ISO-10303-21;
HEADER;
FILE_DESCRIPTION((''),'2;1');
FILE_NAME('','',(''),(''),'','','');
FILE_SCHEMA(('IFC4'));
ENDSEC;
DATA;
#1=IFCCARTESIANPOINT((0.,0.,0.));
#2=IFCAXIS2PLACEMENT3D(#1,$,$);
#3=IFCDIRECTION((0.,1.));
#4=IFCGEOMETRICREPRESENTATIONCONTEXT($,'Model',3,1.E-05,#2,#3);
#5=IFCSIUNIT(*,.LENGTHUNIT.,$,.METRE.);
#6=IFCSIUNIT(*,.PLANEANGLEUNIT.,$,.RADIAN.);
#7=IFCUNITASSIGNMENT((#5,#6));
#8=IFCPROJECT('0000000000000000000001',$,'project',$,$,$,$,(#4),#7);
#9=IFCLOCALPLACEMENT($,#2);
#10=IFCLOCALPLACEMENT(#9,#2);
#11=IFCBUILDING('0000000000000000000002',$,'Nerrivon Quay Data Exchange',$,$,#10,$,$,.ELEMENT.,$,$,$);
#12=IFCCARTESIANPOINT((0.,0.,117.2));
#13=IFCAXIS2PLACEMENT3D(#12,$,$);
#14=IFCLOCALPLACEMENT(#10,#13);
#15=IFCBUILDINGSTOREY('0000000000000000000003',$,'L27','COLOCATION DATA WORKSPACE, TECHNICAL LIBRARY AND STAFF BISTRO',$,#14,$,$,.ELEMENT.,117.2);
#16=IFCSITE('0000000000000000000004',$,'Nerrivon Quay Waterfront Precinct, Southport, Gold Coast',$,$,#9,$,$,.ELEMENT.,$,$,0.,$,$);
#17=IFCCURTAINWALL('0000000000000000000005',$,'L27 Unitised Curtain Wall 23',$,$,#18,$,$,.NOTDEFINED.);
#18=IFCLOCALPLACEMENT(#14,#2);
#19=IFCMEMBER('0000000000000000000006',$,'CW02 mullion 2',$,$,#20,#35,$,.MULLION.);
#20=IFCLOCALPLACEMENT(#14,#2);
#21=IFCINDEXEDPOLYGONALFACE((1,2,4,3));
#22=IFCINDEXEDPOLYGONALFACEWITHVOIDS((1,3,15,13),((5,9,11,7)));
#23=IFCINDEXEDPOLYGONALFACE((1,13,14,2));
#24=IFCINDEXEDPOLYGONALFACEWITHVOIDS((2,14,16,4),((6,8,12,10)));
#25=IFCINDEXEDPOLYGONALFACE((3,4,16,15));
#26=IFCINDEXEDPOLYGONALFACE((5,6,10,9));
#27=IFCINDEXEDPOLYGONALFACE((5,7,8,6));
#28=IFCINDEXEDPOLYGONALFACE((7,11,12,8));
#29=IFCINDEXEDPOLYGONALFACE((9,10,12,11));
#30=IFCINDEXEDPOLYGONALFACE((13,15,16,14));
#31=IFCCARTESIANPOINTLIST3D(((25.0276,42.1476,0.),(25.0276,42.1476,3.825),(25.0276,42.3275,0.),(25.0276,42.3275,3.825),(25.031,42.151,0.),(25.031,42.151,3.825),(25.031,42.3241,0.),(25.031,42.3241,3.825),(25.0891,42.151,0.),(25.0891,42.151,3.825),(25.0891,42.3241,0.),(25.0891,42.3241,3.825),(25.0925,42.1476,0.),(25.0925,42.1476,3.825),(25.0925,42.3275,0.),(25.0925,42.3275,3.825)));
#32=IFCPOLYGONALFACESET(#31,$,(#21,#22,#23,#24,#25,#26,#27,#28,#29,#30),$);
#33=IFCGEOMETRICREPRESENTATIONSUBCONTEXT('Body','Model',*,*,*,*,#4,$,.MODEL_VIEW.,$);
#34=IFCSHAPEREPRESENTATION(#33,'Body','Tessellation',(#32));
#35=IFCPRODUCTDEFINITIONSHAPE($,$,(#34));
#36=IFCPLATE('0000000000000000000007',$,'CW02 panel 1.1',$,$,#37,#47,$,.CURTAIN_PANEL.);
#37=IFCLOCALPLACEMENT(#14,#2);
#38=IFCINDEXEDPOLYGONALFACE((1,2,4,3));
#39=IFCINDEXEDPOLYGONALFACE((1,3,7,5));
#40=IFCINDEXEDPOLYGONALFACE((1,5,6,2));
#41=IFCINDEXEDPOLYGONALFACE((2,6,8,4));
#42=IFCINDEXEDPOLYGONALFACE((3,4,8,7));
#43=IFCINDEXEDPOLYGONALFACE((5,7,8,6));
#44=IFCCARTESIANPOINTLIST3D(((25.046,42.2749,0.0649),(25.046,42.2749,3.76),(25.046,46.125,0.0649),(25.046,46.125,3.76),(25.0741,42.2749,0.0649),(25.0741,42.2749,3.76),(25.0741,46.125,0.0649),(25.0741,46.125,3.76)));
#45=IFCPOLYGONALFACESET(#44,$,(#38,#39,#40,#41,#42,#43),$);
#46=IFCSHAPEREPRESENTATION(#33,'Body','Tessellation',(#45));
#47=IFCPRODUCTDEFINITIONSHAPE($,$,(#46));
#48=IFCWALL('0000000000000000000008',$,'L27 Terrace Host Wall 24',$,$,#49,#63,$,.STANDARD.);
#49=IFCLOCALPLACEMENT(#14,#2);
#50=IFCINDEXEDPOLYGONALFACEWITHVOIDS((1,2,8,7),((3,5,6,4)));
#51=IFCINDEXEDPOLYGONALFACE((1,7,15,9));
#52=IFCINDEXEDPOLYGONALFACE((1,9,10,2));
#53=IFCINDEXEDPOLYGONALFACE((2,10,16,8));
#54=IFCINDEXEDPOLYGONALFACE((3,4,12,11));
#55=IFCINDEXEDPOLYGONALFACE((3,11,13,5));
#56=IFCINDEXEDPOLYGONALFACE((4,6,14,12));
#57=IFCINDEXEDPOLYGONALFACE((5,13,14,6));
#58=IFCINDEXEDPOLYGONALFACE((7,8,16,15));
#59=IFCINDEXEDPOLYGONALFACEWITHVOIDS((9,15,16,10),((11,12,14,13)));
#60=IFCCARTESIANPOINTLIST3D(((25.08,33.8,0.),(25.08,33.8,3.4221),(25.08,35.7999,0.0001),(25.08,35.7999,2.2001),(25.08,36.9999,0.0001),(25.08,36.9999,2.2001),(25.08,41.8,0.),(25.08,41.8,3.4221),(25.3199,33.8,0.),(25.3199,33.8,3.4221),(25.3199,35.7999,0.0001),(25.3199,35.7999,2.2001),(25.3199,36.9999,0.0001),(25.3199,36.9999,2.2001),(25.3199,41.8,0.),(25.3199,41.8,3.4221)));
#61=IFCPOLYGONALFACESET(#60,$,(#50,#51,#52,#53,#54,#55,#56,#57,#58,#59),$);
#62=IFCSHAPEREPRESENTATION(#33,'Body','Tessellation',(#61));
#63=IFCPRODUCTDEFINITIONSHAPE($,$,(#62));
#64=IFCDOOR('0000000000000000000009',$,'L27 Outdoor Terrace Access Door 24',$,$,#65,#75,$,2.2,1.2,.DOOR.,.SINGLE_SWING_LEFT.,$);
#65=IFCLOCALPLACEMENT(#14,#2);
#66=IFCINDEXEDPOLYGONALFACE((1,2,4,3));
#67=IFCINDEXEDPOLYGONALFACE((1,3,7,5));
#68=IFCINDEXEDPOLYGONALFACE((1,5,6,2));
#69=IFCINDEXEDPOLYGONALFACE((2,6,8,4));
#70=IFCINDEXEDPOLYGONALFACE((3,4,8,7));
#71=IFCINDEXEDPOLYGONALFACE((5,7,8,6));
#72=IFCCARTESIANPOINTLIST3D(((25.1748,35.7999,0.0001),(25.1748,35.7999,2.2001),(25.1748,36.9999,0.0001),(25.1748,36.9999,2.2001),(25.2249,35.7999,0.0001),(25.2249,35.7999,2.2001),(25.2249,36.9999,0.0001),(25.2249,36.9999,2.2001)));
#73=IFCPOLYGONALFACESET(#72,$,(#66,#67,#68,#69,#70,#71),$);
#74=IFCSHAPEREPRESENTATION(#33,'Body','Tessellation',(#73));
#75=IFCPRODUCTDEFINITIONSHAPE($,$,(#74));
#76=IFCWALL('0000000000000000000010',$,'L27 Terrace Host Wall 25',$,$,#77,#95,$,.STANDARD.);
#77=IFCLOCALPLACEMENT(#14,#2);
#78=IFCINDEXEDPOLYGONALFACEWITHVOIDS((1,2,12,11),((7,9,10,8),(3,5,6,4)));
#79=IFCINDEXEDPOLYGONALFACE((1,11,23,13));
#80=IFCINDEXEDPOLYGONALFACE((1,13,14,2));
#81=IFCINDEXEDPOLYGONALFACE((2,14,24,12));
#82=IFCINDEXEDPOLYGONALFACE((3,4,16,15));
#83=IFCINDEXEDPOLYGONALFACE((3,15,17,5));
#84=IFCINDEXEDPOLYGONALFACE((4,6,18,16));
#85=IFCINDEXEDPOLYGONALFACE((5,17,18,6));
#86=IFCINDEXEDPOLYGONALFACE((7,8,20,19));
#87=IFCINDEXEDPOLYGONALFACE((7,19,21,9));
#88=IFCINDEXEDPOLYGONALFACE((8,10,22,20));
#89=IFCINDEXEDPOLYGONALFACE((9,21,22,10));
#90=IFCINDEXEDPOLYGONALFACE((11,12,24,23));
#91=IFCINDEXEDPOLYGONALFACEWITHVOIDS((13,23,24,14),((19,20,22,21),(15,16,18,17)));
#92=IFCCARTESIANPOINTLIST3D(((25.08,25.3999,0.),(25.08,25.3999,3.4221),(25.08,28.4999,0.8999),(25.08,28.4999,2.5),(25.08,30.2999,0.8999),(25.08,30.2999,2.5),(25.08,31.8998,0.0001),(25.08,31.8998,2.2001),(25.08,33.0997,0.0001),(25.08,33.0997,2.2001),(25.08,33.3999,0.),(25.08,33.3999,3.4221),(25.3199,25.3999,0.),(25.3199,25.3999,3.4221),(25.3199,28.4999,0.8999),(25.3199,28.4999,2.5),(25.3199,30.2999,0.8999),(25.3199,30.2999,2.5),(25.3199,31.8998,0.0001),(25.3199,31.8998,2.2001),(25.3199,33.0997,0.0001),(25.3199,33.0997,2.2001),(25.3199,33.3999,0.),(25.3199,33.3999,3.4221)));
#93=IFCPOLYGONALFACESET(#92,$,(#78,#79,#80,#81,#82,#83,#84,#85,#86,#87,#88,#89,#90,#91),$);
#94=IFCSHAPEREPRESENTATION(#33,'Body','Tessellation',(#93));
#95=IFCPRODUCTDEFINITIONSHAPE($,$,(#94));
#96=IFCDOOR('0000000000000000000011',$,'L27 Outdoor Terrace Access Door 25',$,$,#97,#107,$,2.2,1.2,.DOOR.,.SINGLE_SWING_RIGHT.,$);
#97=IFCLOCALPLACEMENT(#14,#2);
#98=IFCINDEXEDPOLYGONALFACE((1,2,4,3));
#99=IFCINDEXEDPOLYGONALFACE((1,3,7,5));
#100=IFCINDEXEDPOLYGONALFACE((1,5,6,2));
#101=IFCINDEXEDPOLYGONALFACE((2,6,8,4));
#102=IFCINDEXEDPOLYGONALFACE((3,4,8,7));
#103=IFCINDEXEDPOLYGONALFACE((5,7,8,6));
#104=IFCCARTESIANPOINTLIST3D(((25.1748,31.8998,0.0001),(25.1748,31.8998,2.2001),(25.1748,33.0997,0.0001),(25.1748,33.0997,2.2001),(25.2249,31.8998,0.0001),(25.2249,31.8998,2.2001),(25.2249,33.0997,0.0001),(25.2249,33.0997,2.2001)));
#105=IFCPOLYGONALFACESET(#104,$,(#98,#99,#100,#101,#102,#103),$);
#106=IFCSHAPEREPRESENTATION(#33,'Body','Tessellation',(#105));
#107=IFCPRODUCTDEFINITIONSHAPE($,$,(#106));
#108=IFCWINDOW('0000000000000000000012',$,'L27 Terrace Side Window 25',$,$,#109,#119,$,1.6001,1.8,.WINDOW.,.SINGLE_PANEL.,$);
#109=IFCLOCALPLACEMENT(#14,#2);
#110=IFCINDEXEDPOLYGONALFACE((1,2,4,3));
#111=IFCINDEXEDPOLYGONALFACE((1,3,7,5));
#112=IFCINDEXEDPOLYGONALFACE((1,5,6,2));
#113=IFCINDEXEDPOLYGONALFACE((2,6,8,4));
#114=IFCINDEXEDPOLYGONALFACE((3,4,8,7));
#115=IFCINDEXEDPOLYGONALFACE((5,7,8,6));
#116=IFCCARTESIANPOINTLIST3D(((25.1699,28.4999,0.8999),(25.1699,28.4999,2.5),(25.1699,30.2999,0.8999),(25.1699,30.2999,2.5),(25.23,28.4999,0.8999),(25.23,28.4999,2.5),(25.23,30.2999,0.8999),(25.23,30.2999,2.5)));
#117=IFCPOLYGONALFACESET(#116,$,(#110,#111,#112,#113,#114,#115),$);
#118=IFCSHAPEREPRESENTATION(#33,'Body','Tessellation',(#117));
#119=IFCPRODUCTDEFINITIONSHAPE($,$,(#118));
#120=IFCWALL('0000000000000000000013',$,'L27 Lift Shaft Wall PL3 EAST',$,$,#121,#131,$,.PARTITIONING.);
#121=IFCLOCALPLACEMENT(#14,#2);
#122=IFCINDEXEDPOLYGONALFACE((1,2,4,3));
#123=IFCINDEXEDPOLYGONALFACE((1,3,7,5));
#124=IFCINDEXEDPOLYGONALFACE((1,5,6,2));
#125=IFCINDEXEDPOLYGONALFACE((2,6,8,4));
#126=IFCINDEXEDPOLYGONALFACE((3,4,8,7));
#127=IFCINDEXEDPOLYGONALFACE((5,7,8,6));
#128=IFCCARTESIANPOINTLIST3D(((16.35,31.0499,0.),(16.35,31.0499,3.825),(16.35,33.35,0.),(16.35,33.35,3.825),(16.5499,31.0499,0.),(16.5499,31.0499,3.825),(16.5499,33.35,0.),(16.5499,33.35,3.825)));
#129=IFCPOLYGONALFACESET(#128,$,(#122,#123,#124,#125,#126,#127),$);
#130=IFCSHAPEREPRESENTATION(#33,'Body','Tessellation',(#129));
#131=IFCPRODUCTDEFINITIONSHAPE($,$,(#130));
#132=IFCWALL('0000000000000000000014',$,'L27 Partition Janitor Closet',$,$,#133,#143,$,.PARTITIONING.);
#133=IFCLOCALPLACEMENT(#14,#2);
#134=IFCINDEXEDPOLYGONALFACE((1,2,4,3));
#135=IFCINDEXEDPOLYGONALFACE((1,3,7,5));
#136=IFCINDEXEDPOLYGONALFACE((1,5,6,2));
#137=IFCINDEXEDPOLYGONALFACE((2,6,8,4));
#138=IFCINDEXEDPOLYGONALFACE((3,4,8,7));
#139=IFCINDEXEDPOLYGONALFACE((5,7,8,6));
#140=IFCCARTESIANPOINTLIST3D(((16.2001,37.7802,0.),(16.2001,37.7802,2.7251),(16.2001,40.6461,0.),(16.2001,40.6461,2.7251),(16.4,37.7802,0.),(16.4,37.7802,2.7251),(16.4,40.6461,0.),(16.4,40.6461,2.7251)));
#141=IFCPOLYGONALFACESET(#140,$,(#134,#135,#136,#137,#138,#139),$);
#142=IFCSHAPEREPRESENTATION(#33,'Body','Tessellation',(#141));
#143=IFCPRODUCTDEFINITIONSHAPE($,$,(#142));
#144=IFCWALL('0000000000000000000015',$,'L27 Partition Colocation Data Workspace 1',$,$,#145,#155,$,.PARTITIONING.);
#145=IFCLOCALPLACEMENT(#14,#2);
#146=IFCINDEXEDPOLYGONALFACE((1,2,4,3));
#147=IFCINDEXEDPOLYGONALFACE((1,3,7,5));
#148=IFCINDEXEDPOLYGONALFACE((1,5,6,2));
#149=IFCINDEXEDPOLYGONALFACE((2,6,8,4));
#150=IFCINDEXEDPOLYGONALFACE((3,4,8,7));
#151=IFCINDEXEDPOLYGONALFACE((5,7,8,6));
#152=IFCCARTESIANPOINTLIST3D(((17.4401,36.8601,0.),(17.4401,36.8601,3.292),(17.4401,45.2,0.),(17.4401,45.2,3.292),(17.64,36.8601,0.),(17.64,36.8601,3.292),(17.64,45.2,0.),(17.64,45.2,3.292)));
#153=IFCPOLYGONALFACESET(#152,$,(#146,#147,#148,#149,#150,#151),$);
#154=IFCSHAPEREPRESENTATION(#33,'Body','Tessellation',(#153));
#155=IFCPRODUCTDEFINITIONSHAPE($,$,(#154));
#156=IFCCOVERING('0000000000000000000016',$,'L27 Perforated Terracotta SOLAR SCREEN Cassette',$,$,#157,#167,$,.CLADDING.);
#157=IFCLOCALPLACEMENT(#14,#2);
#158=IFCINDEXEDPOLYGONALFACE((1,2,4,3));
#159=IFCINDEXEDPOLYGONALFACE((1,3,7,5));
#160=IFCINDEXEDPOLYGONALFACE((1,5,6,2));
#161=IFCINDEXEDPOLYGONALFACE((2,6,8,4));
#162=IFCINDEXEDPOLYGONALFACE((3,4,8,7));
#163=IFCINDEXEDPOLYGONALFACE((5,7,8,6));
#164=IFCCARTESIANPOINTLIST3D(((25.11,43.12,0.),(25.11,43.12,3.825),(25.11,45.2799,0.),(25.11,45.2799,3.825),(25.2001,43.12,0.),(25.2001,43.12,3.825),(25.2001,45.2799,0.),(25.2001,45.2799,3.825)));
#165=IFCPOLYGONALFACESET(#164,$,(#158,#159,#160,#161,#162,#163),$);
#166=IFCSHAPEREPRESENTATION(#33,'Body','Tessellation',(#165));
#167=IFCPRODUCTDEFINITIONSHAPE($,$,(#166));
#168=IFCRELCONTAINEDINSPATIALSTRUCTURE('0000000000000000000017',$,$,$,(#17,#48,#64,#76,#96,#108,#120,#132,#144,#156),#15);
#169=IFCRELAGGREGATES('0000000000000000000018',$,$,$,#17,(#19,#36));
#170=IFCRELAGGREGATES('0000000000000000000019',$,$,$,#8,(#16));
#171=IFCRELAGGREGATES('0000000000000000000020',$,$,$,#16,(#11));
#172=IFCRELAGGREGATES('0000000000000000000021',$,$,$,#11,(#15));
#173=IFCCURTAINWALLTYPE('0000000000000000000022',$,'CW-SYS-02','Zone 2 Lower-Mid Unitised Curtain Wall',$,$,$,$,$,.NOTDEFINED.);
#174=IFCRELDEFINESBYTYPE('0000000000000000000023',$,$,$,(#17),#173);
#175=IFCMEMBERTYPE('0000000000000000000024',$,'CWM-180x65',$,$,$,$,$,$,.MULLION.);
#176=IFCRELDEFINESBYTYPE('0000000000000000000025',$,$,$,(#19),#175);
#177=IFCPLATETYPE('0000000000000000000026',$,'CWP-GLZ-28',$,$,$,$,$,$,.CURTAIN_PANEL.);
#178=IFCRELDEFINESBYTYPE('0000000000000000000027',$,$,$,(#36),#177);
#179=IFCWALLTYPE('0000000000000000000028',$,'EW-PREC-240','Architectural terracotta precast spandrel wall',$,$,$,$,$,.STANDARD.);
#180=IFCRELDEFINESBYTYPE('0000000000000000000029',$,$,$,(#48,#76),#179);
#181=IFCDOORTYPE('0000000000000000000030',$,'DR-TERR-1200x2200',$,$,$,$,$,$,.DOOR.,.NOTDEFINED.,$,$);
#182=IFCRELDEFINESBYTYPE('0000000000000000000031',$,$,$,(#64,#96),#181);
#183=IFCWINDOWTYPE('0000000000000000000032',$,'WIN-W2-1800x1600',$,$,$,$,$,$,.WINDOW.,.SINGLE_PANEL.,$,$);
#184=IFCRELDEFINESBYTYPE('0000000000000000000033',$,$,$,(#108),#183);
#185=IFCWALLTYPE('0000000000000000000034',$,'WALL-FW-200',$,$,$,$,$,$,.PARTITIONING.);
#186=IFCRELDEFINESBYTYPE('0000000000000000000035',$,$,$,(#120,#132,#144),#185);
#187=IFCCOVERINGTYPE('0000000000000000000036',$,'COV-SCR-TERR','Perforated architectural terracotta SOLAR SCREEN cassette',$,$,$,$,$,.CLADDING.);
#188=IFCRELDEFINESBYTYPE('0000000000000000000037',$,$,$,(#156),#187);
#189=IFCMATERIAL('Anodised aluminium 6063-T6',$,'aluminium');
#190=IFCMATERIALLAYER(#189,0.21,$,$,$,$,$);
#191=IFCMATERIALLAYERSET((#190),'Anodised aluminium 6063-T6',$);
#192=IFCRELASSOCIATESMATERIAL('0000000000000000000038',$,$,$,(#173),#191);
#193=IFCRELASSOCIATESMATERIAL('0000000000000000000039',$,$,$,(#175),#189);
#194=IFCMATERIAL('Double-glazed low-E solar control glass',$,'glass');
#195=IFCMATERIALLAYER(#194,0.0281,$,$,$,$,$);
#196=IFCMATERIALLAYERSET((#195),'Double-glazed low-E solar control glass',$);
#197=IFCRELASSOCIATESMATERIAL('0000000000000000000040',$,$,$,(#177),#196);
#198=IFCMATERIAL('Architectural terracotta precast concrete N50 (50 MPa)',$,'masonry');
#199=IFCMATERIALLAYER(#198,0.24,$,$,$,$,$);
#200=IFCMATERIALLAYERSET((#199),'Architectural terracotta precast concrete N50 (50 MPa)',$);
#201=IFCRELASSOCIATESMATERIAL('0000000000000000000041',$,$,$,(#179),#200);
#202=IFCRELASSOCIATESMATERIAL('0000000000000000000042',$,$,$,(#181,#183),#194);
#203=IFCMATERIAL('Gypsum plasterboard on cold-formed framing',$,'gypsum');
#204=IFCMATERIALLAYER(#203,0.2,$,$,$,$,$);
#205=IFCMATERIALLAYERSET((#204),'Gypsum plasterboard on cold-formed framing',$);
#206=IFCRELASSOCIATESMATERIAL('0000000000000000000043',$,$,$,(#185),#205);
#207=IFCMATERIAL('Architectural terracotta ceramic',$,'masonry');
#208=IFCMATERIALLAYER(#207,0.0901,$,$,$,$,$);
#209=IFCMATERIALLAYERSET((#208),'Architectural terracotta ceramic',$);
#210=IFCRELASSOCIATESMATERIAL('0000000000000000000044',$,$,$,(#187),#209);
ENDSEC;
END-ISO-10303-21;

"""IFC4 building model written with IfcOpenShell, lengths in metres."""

from ifc_helpers import new_model, si_unit, direction, frame, frame_2d, origin, origin_2d, place, context, subcontext, project, spatial, rectangle, hollow_rectangle, extrude, material, layer, layer_set, material_profile, profile_set, type_object, element, fill, aggregate, save


model = new_model("IFC4")

# Units and contexts
model_context = context("Model", 3, precision=1e-05, world=origin(), true_north=direction((0.0, 1.0)))
body_context = subcontext(model_context, "Body", "Model", "MODEL_VIEW")
ifc_project = project(units=[si_unit("LENGTHUNIT", "METRE"), si_unit("PLANEANGLEUNIT", "RADIAN")], contexts=[model_context])

# Site, building, storey
site_placement = place(None, origin())
site = spatial("IfcSite", under=ifc_project, at=site_placement, Name="Nerrivon Quay Waterfront Precinct, Southport, Gold Coast", CompositionType="ELEMENT", RefElevation=0.0)
building_placement = place(site_placement, origin())
building = spatial("IfcBuilding", under=site, at=building_placement, Name="Nerrivon Quay Data Exchange", CompositionType="ELEMENT")
storey_placement = place(building_placement, frame((0.0, 0.0, 117.2)))
storey = spatial("IfcBuildingStorey", under=building, at=storey_placement, Name="L27", Description="COLOCATION DATA WORKSPACE, TECHNICAL LIBRARY AND STAFF BISTRO", CompositionType="ELEMENT", Elevation=117.2)

# Curtain wall, member, plate
ifc_material_1 = material(Name="Anodised aluminium 6063-T6", Category="aluminium")
ifc_layer_1 = layer(ifc_material_1, 0.21)
ifc_layer_set_1 = layer_set([ifc_layer_1], Name="Anodised aluminium 6063-T6")
curtain_wall_type = type_object("IfcCurtainWallType", Name="CW-SYS-02", Description="Zone 2 Lower-Mid Unitised Curtain Wall", PredefinedType="NOTDEFINED", material=ifc_layer_set_1)
curtain_wall_placement = place(storey_placement, origin())
curtain_wall = element("IfcCurtainWall", 1, at=curtain_wall_placement, inside=storey, type_object=curtain_wall_type, Name="L27 Unitised Curtain Wall 23", PredefinedType="NOTDEFINED")
ifc_material_profile_1 = material_profile(ifc_material_1, hollow_rectangle(XDim=0.0649, YDim=0.1799, WallThickness=0.0034, at=origin_2d()), Name="ALU-MULL-180x65")
ifc_profile_set_1 = profile_set([ifc_material_profile_1], Name="Anodised aluminium 6063-T6")
member_type = type_object("IfcMemberType", Name="CWM-180x65", PredefinedType="MULLION", material=ifc_profile_set_1)
member_placement = place(storey_placement, frame((25.0601, 42.2375, 0.0), z_axis=(0.0, 0.0, 1.0), x_axis=(1.0, 0.0, 0.0)))
member = element("IfcMember", 2, at=member_placement, type_object=member_type, Name="CW02 mullion 2", PredefinedType="MULLION", context=body_context, shape_type="SweptSolid", body=[
    extrude(hollow_rectangle(XDim=0.0649, YDim=0.1799, WallThickness=0.0034, at=origin_2d()), origin(), (0.0, 0.0, 1.0), 3.825),
])
ifc_material_2 = material(Name="Double-glazed low-E solar control glass", Category="glass")
ifc_layer_2 = layer(ifc_material_2, 0.0281)
ifc_layer_set_2 = layer_set([ifc_layer_2], Name="Double-glazed low-E solar control glass")
plate_type = type_object("IfcPlateType", Name="CWP-GLZ-28", PredefinedType="CURTAIN_PANEL", material=ifc_layer_set_2)
plate_placement = place(storey_placement, frame((25.0601, 44.2, 0.0649), z_axis=(0.0, 0.0, 1.0), x_axis=(0.0, -1.0, 0.0)))
plate = element("IfcPlate", 3, at=plate_placement, type_object=plate_type, Name="CW02 panel 1.1", PredefinedType="CURTAIN_PANEL", context=body_context, shape_type="SweptSolid", body=[
    extrude(rectangle(XDim=3.8501, YDim=0.0281, at=origin_2d()), origin(), (0.0, 0.0, 1.0), 3.6951),
])
aggregate(curtain_wall, [member, plate])

# Wall, opening, door
ifc_material_3 = material(Name="Architectural terracotta precast concrete N50 (50 MPa)", Category="masonry")
ifc_layer_3 = layer(ifc_material_3, 0.24)
ifc_layer_set_3 = layer_set([ifc_layer_3], Name="Architectural terracotta precast concrete N50 (50 MPa)")
wall_type_1 = type_object("IfcWallType", Name="EW-PREC-240", Description="Architectural terracotta precast spandrel wall", PredefinedType="STANDARD", material=ifc_layer_set_3)
wall_1_placement = place(storey_placement, frame((25.2, 41.8, 0.0), z_axis=(0.0, 0.0, 1.0), x_axis=(0.0, -1.0, 0.0)))
wall_1 = element("IfcWall", 4, at=wall_1_placement, inside=storey, type_object=wall_type_1, Name="L27 Terrace Host Wall 24", PredefinedType="STANDARD", context=body_context, shape_type="SweptSolid", body=[
    extrude(rectangle(XDim=8.0, YDim=0.24, at=frame_2d((4.0, 0.0))), origin(), (0.0, 0.0, 1.0), 3.4221),
])
opening_1_placement = place(wall_1_placement, frame((4.8, 0.0, 0.0)))
opening_1 = element("IfcOpeningElement", 5, at=opening_1_placement, cuts=wall_1, PredefinedType="OPENING", context=body_context, shape_type="SweptSolid", body=[
    extrude(rectangle(XDim=1.2, YDim=2.2, at=frame_2d((0.6001, 1.1001))), frame((0.0, 0.1299, 0.0), z_axis=(0.0, -1.0, 0.0), x_axis=(1.0, 0.0, 0.0)), (0.0, 0.0, 1.0), 0.26),
])
door_type_1 = type_object("IfcDoorType", Name="DR-TERR-1200x2200", OperationType="NOTDEFINED", PredefinedType="DOOR", material=ifc_material_2)
door_1_placement = place(opening_1_placement, origin())
door_1 = element("IfcDoor", 6, at=door_1_placement, inside=storey, type_object=door_type_1, Name="L27 Outdoor Terrace Access Door 24", OperationType="SINGLE_SWING_LEFT", OverallHeight=2.2, OverallWidth=1.2, PredefinedType="DOOR", context=body_context, shape_type="SweptSolid", body=[
    extrude(rectangle(XDim=1.2, YDim=2.2, at=frame_2d((0.6001, 1.1001))), frame((0.0, 0.0249, 0.0), z_axis=(0.0, -1.0, 0.0), x_axis=(1.0, 0.0, 0.0)), (0.0, 0.0, 1.0), 0.05),
])
fill(opening_1, door_1)

# Wall, openings, door, window
wall_2_placement = place(storey_placement, frame((25.2, 33.3999, 0.0), z_axis=(0.0, 0.0, 1.0), x_axis=(0.0, -1.0, 0.0)))
wall_2 = element("IfcWall", 7, at=wall_2_placement, inside=storey, type_object=wall_type_1, Name="L27 Terrace Host Wall 25", PredefinedType="STANDARD", context=body_context, shape_type="SweptSolid", body=[
    extrude(rectangle(XDim=8.0, YDim=0.24, at=frame_2d((4.0, 0.0))), origin(), (0.0, 0.0, 1.0), 3.4221),
])
opening_2_placement = place(wall_2_placement, frame((0.3, 0.0, 0.0)))
opening_2 = element("IfcOpeningElement", 8, at=opening_2_placement, cuts=wall_2, PredefinedType="OPENING", context=body_context, shape_type="SweptSolid", body=[
    extrude(rectangle(XDim=1.2, YDim=2.2, at=frame_2d((0.6001, 1.1001))), frame((0.0, 0.1299, 0.0), z_axis=(0.0, -1.0, 0.0), x_axis=(1.0, 0.0, 0.0)), (0.0, 0.0, 1.0), 0.26),
])
opening_3_placement = place(wall_2_placement, frame((3.1001, 0.0, 0.8999)))
opening_3 = element("IfcOpeningElement", 9, at=opening_3_placement, cuts=wall_2, PredefinedType="OPENING", context=body_context, shape_type="SweptSolid", body=[
    extrude(rectangle(XDim=1.8, YDim=1.6001, at=frame_2d((0.8999, 0.8))), frame((0.0, 0.1299, 0.0), z_axis=(0.0, -1.0, 0.0), x_axis=(1.0, 0.0, 0.0)), (0.0, 0.0, 1.0), 0.26),
])
door_2_placement = place(opening_2_placement, origin())
door_2 = element("IfcDoor", 10, at=door_2_placement, inside=storey, type_object=door_type_1, Name="L27 Outdoor Terrace Access Door 25", OperationType="SINGLE_SWING_RIGHT", OverallHeight=2.2, OverallWidth=1.2, PredefinedType="DOOR", context=body_context, shape_type="SweptSolid", body=[
    extrude(rectangle(XDim=1.2, YDim=2.2, at=frame_2d((0.6001, 1.1001))), frame((0.0, 0.0249, 0.0), z_axis=(0.0, -1.0, 0.0), x_axis=(1.0, 0.0, 0.0)), (0.0, 0.0, 1.0), 0.05),
])
fill(opening_2, door_2)
window_type = type_object("IfcWindowType", Name="WIN-W2-1800x1600", PartitioningType="SINGLE_PANEL", PredefinedType="WINDOW", material=ifc_material_2)
window_placement = place(opening_3_placement, origin())
window = element("IfcWindow", 11, at=window_placement, inside=storey, type_object=window_type, Name="L27 Terrace Side Window 25", OverallHeight=1.6001, OverallWidth=1.8, PartitioningType="SINGLE_PANEL", PredefinedType="WINDOW", context=body_context, shape_type="SweptSolid", body=[
    extrude(rectangle(XDim=1.8, YDim=1.6001, at=frame_2d((0.8999, 0.8))), frame((0.0, 0.03, 0.0), z_axis=(0.0, -1.0, 0.0), x_axis=(1.0, 0.0, 0.0)), (0.0, 0.0, 1.0), 0.0601),
])
fill(opening_3, window)

# Walls
ifc_material_4 = material(Name="Gypsum plasterboard on cold-formed framing", Category="gypsum")
ifc_layer_4 = layer(ifc_material_4, 0.2)
ifc_layer_set_4 = layer_set([ifc_layer_4], Name="Gypsum plasterboard on cold-formed framing")
wall_type_2 = type_object("IfcWallType", Name="WALL-FW-200", PredefinedType="PARTITIONING", material=ifc_layer_set_4)
wall_3_placement = place(storey_placement, frame((16.45, 31.05, 0.0), z_axis=(0.0, 0.0, 1.0), x_axis=(0.0, 1.0, 0.0)))
element("IfcWall", 12, at=wall_3_placement, inside=storey, type_object=wall_type_2, Name="L27 Lift Shaft Wall PL3 EAST", PredefinedType="PARTITIONING", context=body_context, shape_type="SweptSolid", body=[
    extrude(rectangle(XDim=2.3, YDim=0.2, at=frame_2d((1.1499, 0.0))), origin(), (0.0, 0.0, 1.0), 3.825),
])
wall_4_placement = place(storey_placement, frame((16.3, 37.78, 0.0), z_axis=(0.0, 0.0, 1.0), x_axis=(0.0, 1.0, 0.0)))
element("IfcWall", 13, at=wall_4_placement, inside=storey, type_object=wall_type_2, Name="L27 Partition Janitor Closet", PredefinedType="PARTITIONING", context=body_context, shape_type="SweptSolid", body=[
    extrude(rectangle(XDim=2.866, YDim=0.2, at=frame_2d((1.4331, 0.0))), origin(), (0.0, 0.0, 1.0), 2.7251),
])
wall_5_placement = place(storey_placement, frame((17.54, 36.8601, 0.0), z_axis=(0.0, 0.0, 1.0), x_axis=(0.0, 1.0, 0.0)))
element("IfcWall", 14, at=wall_5_placement, inside=storey, type_object=wall_type_2, Name="L27 Partition Colocation Data Workspace 1", PredefinedType="PARTITIONING", context=body_context, shape_type="SweptSolid", body=[
    extrude(rectangle(XDim=8.3398, YDim=0.2, at=frame_2d((4.1699, 0.0))), origin(), (0.0, 0.0, 1.0), 3.292),
])

# Covering
ifc_material_5 = material(Name="Architectural terracotta ceramic", Category="masonry")
ifc_layer_5 = layer(ifc_material_5, 0.0901)
ifc_layer_set_5 = layer_set([ifc_layer_5], Name="Architectural terracotta ceramic")
covering_type = type_object("IfcCoveringType", Name="COV-SCR-TERR", Description="Perforated architectural terracotta SOLAR SCREEN cassette", PredefinedType="CLADDING", material=ifc_layer_set_5)
covering_placement = place(storey_placement, frame((25.155, 44.2, 0.0), z_axis=(0.0, 0.0, 1.0), x_axis=(0.0, -1.0, 0.0)))
element("IfcCovering", 15, at=covering_placement, inside=storey, type_object=covering_type, Name="L27 Perforated Terracotta SOLAR SCREEN Cassette", PredefinedType="CLADDING", context=body_context, shape_type="SweptSolid", body=[
    extrude(rectangle(XDim=2.1599, YDim=0.0901, at=origin_2d()), origin(), (0.0, 0.0, 1.0), 3.825),
])

save(model, "model.ifc")
